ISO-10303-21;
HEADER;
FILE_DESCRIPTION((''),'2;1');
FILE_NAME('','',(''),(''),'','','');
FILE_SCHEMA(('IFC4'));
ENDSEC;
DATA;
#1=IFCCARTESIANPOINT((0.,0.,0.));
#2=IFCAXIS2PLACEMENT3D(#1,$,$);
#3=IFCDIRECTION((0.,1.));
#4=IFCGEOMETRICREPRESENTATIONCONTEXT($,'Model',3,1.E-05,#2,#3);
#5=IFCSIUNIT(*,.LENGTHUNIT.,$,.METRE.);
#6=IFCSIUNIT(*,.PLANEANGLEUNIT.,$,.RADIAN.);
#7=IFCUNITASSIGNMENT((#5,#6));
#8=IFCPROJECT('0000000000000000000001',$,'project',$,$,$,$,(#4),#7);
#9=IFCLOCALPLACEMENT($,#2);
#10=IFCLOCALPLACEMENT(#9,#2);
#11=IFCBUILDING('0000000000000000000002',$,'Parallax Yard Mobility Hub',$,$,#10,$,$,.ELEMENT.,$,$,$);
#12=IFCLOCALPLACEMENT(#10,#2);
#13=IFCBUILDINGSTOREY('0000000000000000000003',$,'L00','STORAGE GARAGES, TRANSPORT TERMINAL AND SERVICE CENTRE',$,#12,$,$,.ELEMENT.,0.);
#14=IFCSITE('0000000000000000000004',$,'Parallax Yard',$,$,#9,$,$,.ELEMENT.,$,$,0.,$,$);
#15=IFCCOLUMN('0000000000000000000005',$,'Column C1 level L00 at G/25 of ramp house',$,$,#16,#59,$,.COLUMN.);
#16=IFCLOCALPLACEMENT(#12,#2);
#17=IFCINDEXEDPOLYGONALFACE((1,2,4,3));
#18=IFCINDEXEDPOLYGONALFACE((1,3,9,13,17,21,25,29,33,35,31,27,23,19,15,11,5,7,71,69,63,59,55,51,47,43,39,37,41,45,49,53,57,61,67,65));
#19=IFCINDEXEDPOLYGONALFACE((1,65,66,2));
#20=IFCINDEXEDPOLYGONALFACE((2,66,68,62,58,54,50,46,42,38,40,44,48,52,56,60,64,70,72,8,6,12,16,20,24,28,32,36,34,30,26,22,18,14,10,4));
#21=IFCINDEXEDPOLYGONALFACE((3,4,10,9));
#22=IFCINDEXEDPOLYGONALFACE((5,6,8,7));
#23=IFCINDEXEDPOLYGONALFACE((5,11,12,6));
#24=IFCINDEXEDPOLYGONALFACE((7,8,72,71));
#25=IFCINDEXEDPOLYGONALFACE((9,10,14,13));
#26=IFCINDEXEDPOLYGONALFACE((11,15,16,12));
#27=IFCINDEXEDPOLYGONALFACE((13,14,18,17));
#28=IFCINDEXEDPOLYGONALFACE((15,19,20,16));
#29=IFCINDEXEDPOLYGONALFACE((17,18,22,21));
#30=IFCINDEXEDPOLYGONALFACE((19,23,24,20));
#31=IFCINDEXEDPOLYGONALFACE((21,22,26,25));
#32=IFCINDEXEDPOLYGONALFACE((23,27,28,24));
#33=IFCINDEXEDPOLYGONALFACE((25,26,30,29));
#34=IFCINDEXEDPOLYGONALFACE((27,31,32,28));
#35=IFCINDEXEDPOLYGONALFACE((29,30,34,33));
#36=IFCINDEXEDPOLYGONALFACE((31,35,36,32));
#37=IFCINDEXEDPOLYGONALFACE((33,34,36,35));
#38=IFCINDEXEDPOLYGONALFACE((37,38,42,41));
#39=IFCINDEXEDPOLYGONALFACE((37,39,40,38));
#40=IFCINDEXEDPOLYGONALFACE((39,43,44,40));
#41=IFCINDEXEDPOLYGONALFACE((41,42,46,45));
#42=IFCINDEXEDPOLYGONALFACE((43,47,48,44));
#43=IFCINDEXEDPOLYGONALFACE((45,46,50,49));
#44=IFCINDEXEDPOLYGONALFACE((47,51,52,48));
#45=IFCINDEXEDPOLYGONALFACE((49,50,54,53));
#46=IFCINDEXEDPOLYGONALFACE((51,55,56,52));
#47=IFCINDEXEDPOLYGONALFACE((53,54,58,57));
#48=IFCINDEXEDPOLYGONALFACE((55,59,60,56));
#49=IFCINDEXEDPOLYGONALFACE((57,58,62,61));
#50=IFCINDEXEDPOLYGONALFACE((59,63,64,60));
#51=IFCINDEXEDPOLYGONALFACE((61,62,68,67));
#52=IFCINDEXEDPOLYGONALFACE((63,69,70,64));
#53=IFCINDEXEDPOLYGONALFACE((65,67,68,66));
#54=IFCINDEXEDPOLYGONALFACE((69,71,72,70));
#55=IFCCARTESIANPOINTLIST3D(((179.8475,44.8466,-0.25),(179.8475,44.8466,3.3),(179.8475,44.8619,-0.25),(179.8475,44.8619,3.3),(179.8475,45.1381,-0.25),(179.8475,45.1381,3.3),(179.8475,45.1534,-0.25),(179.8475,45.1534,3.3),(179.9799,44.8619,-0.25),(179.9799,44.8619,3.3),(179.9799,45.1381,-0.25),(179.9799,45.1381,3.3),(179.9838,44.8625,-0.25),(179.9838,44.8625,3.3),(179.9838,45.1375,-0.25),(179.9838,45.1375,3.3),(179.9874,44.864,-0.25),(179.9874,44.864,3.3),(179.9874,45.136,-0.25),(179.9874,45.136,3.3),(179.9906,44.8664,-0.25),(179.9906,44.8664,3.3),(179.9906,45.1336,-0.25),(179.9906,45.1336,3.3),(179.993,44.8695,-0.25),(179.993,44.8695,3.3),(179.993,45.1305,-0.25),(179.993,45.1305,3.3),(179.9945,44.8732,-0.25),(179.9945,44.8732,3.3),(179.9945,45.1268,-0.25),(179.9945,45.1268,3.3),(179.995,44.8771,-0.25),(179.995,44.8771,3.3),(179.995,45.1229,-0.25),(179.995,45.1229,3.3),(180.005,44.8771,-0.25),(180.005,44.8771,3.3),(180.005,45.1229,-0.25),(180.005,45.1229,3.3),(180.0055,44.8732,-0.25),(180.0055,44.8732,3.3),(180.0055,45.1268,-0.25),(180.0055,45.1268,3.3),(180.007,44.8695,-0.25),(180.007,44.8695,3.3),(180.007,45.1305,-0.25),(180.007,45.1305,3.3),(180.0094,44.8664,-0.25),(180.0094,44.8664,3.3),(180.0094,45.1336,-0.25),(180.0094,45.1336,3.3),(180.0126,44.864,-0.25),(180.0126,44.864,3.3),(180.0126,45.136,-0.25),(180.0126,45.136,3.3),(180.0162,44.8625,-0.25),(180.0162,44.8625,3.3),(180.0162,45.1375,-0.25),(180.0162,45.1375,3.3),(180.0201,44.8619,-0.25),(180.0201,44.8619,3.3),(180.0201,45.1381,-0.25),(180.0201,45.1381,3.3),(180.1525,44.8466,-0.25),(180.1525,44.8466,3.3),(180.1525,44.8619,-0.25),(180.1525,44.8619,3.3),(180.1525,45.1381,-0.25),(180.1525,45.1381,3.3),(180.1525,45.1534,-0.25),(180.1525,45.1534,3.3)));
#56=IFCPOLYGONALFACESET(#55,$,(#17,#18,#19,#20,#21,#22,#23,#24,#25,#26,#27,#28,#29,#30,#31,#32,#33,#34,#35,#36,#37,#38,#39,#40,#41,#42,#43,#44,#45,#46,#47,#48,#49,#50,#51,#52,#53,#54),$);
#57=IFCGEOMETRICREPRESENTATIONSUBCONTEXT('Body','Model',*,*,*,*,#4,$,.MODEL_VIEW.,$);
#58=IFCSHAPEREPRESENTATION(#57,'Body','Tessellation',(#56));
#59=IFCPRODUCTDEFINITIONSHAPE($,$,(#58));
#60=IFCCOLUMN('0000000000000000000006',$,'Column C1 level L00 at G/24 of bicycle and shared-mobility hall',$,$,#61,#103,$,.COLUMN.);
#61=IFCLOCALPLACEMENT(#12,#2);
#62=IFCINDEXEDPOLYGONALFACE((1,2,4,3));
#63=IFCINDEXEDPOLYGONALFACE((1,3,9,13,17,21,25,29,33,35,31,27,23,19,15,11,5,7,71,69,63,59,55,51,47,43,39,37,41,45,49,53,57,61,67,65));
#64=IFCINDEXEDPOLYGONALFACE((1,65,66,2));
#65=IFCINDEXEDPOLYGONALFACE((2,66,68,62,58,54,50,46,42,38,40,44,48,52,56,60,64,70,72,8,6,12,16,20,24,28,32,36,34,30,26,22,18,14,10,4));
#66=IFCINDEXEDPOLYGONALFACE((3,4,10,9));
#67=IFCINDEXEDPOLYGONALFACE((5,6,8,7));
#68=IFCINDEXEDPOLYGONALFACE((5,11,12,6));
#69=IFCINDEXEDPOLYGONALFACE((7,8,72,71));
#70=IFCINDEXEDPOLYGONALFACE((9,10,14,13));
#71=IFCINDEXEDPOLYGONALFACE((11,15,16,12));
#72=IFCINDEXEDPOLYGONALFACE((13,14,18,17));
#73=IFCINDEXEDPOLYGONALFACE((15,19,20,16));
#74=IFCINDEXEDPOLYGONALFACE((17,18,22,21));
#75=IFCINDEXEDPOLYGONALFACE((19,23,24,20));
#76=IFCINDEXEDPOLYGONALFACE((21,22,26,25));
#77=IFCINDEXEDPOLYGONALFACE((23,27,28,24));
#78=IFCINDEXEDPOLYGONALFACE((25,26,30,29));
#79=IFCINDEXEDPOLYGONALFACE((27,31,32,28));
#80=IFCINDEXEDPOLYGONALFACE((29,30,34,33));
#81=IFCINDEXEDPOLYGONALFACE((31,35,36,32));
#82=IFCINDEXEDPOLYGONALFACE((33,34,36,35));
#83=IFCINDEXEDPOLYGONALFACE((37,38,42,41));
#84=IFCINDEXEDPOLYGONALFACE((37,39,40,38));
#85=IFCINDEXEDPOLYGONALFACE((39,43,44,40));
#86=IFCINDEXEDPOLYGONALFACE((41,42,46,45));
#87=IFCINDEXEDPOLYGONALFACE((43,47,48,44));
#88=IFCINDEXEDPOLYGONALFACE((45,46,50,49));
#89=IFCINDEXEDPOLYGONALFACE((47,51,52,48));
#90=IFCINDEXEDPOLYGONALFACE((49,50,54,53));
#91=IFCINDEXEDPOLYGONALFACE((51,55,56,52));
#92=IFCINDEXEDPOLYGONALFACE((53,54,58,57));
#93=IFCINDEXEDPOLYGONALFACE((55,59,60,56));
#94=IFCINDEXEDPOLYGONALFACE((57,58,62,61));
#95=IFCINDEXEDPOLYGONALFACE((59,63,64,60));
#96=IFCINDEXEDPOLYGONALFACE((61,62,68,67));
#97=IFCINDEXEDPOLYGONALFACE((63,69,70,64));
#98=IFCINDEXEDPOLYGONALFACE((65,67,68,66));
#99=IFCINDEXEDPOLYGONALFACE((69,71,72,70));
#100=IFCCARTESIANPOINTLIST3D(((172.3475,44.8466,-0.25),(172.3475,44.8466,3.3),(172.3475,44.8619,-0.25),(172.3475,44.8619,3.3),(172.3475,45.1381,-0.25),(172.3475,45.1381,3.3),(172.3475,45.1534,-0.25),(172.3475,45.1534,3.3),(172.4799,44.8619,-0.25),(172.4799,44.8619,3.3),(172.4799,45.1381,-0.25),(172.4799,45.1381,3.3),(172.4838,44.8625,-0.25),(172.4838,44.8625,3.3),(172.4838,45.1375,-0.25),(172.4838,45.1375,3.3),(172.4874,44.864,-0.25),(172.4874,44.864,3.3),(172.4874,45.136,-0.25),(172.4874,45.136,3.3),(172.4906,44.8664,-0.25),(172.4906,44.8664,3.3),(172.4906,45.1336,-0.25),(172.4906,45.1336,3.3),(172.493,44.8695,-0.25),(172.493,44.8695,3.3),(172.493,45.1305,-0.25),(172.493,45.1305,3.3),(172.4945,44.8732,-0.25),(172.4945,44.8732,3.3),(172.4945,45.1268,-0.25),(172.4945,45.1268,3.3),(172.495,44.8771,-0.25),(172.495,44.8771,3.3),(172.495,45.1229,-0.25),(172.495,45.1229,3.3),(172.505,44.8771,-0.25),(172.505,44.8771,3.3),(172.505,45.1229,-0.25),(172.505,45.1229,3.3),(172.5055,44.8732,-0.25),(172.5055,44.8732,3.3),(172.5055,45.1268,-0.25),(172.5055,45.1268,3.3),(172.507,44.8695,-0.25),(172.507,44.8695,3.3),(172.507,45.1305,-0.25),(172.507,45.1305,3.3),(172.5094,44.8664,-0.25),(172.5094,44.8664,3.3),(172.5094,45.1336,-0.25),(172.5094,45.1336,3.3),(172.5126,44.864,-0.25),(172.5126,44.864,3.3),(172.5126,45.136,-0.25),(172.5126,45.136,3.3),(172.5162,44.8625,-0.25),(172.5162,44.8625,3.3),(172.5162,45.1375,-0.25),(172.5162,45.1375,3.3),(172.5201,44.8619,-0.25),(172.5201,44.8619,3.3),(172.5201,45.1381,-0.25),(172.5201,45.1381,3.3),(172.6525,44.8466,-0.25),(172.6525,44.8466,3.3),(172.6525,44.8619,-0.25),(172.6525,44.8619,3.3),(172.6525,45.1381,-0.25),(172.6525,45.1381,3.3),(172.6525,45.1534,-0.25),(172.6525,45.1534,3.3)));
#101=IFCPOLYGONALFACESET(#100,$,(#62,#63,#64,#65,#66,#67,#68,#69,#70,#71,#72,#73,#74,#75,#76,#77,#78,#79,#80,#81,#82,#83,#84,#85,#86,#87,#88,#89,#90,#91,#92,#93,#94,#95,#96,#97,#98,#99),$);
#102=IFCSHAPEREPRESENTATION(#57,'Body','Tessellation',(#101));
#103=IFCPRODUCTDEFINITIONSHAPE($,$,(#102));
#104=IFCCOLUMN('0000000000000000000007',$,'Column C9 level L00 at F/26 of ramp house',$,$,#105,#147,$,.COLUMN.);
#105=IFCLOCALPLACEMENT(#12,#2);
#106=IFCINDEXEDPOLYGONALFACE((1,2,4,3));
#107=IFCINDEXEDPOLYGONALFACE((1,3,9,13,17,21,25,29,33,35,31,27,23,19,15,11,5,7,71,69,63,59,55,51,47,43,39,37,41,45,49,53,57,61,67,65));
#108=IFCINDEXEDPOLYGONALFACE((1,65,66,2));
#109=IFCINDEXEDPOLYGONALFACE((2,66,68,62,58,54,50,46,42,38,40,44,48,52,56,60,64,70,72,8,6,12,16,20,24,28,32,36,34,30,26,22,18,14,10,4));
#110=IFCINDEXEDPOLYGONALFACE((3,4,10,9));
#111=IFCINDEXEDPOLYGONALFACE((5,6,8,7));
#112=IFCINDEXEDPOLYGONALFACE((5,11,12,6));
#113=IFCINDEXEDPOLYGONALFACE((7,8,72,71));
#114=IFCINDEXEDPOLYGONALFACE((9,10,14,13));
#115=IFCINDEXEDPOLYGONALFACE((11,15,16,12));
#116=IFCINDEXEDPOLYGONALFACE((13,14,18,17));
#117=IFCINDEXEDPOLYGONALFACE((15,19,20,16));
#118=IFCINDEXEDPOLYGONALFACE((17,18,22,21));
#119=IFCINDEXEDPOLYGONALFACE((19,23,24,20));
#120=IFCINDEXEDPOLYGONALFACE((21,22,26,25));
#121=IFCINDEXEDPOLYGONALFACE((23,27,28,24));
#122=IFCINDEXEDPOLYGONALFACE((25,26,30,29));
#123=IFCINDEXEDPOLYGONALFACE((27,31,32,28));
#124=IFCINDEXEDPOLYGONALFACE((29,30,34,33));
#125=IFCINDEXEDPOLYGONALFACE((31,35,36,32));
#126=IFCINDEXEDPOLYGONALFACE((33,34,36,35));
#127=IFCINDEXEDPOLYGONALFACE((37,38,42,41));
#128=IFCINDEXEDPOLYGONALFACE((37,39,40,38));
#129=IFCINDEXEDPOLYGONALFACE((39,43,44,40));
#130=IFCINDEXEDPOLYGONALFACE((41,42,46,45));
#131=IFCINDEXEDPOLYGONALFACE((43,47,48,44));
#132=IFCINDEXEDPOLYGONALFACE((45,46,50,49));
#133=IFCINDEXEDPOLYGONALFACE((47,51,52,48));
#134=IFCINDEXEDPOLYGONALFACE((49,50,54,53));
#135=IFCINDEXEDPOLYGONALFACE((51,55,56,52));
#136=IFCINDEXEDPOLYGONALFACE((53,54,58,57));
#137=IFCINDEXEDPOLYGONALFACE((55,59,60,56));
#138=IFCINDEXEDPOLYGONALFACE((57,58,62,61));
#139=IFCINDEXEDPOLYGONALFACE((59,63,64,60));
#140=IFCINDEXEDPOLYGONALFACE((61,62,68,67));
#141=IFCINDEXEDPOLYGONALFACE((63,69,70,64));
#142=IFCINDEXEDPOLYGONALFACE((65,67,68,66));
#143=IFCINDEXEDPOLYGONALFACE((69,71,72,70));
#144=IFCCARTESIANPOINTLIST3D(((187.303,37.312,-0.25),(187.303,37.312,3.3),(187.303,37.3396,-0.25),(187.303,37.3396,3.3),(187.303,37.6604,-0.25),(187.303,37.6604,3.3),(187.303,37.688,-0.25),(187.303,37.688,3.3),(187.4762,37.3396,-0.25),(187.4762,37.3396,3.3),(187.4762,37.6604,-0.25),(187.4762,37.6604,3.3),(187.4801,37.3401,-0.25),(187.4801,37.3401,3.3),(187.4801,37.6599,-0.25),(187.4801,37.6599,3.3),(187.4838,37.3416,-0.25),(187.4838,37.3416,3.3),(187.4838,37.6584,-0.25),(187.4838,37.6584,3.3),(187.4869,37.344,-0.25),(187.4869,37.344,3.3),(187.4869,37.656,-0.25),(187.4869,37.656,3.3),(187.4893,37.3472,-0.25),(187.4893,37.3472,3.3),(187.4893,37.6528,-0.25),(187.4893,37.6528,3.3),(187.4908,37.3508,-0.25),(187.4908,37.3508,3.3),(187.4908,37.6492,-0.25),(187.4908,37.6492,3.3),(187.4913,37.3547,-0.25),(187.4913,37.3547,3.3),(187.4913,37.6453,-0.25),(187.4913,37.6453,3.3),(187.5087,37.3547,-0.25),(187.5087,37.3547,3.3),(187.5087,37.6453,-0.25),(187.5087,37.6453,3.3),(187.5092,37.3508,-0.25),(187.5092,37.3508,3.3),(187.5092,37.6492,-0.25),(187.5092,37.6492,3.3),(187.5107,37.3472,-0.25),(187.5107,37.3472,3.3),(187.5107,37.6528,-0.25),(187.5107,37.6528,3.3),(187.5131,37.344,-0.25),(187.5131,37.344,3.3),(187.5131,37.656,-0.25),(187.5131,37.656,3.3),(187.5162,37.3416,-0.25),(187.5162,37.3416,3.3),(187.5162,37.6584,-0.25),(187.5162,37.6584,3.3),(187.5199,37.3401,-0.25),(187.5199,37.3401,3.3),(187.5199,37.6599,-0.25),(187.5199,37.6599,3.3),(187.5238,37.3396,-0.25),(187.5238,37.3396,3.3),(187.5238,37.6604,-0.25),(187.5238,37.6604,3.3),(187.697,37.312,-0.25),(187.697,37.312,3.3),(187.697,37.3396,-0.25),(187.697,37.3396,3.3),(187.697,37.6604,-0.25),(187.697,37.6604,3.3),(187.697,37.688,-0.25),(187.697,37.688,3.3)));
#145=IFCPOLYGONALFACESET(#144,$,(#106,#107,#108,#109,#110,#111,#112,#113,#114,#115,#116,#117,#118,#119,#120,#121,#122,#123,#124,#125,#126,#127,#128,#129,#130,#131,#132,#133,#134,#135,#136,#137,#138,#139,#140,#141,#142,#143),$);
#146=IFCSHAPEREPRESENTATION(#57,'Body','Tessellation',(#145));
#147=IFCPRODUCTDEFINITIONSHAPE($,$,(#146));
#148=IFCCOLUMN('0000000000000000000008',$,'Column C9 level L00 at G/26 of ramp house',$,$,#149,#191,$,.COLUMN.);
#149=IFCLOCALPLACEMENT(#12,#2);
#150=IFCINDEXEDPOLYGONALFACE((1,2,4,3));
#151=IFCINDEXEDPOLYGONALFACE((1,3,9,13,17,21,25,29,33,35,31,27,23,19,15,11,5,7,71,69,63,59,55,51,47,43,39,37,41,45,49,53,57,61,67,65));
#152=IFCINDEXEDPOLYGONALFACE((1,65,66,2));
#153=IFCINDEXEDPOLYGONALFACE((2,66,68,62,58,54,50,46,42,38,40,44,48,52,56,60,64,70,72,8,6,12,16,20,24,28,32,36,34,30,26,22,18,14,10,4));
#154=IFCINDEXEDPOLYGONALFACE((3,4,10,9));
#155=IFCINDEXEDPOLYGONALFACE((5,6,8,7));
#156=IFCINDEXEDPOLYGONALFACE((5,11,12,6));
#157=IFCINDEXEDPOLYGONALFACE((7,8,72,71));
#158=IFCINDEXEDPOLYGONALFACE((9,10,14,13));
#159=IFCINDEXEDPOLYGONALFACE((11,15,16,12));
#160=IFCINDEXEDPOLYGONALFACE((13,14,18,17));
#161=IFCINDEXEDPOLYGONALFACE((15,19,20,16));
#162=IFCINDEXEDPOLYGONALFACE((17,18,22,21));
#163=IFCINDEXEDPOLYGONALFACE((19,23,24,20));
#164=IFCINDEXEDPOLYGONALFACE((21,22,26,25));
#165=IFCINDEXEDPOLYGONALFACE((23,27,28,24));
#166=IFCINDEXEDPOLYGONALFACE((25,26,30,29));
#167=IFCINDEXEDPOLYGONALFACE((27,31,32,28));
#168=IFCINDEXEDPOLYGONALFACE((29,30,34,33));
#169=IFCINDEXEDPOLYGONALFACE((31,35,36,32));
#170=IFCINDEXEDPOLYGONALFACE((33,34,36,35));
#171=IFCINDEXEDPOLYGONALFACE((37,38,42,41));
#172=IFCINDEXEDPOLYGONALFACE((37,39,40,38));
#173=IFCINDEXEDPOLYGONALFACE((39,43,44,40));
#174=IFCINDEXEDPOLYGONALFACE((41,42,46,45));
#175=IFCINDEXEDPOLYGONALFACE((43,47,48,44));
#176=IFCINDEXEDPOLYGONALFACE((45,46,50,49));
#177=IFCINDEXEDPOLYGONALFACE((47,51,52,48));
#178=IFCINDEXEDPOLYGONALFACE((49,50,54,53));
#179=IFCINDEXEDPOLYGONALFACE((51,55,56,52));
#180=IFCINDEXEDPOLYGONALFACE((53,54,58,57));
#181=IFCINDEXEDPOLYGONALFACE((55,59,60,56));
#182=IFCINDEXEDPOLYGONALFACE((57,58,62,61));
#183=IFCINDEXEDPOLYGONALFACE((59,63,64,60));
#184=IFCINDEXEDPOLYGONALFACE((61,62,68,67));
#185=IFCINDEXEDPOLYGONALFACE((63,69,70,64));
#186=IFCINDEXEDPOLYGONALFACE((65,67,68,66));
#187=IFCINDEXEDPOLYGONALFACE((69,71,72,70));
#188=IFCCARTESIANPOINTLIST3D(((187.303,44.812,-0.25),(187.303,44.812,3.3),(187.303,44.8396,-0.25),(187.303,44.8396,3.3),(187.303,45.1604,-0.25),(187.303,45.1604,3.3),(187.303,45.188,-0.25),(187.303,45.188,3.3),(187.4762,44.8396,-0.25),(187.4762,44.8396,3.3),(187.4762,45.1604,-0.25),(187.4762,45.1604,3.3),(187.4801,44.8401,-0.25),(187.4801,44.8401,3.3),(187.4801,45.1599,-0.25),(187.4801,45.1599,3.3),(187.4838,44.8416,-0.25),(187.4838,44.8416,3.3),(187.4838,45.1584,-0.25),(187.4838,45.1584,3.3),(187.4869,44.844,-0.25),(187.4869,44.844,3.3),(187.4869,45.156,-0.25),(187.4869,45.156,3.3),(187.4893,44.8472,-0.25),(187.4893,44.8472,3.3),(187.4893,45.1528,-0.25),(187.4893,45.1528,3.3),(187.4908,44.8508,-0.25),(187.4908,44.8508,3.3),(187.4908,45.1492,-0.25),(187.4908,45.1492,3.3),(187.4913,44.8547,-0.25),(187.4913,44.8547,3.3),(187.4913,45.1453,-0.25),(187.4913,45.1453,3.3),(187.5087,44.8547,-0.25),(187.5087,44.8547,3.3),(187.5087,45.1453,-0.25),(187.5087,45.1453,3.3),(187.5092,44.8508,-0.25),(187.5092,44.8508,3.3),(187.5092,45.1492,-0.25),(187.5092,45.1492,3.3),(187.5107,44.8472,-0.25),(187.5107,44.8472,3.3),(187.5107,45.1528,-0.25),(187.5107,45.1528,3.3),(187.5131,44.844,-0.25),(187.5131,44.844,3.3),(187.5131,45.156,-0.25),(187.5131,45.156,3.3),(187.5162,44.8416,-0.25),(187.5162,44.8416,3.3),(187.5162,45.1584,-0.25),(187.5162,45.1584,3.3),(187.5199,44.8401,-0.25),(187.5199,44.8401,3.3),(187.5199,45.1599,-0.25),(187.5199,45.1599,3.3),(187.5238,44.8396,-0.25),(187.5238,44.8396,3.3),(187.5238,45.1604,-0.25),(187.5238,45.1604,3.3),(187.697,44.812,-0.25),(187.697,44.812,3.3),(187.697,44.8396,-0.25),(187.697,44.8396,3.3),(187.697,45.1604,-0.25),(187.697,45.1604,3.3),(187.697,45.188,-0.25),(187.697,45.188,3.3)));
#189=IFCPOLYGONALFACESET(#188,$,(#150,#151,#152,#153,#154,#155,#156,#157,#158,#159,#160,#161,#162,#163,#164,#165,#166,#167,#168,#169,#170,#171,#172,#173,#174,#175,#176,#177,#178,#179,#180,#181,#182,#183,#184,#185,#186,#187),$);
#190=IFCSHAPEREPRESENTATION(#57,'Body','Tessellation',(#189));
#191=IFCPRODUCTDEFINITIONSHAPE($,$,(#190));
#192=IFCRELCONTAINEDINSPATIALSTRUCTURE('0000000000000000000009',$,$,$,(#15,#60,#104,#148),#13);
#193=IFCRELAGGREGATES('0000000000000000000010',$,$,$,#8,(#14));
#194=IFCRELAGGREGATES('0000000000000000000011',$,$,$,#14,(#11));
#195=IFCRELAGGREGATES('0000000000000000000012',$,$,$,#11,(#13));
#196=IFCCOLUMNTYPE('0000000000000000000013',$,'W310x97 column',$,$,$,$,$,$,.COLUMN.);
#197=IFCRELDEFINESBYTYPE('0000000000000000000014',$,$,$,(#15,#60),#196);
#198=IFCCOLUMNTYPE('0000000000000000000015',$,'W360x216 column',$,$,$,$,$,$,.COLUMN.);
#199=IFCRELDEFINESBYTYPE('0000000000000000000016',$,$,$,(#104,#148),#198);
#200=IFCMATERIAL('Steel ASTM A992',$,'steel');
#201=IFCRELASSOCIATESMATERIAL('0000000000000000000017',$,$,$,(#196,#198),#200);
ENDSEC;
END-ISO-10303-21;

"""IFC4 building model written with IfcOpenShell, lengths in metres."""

from ifc_helpers import new_model, si_unit, direction, frame, origin, origin_2d, place, context, subcontext, project, spatial, i_section, extrude, material, material_profile, profile_set, type_object, element, save


model = new_model("IFC4")

# Units and contexts
model_context = context("Model", 3, precision=1e-05, world=origin(), true_north=direction((0.0, 1.0)))
body_context = subcontext(model_context, "Body", "Model", "MODEL_VIEW")
ifc_project = project(units=[si_unit("LENGTHUNIT", "METRE"), si_unit("PLANEANGLEUNIT", "RADIAN")], contexts=[model_context])

# Site, building, storey
site_placement = place(None, origin())
site = spatial("IfcSite", under=ifc_project, at=site_placement, Name="Parallax Yard", CompositionType="ELEMENT", RefElevation=0.0)
building_placement = place(site_placement, origin())
building = spatial("IfcBuilding", under=site, at=building_placement, Name="Parallax Yard Mobility Hub", CompositionType="ELEMENT")
storey_placement = place(building_placement, origin())
storey = spatial("IfcBuildingStorey", under=building, at=storey_placement, Name="L00", Description="STORAGE GARAGES, TRANSPORT TERMINAL AND SERVICE CENTRE", CompositionType="ELEMENT", Elevation=0.0)

# Columns
ifc_material_1 = material(Name="Steel ASTM A992", Category="steel")
ifc_material_profile_1 = material_profile(ifc_material_1, i_section(OverallWidth=0.3049, OverallDepth=0.3069, WebThickness=0.01, FlangeThickness=0.0154, FilletRadius=0.0151, at=origin_2d()), Name="W310x97")
ifc_profile_set_1 = profile_set([ifc_material_profile_1], Name="Steel ASTM A992")
column_type_1 = type_object("IfcColumnType", Name="W310x97 column", PredefinedType="COLUMN", material=ifc_profile_set_1)
for number, where, z_axis, x_axis, name in (
    (1, (180.0, 45.0, -0.25), (0.0, 0.0, 1.0), (1.0, 0.0, 0.0), "Column C1 level L00 at G/25 of ramp house"),
    (2, (172.5, 45.0, -0.25), (0.0, 0.0, 1.0), (1.0, 0.0, 0.0), "Column C1 level L00 at G/24 of bicycle and shared-mobility hall"),
):
    element("IfcColumn", number, at=place(storey_placement, frame(where, z_axis=z_axis, x_axis=x_axis)), inside=storey, type_object=column_type_1, Name=name, PredefinedType="COLUMN", context=body_context, shape_type="SweptSolid", body=[
        extrude(i_section(OverallWidth=0.3049, OverallDepth=0.3069, WebThickness=0.01, FlangeThickness=0.0154, FilletRadius=0.0151, at=origin_2d()), origin(), (0.0, 0.0, 1.0), 3.55),
    ])
ifc_material_profile_2 = material_profile(ifc_material_1, i_section(OverallWidth=0.394, OverallDepth=0.376, WebThickness=0.0173, FlangeThickness=0.0276, FilletRadius=0.0151, at=origin_2d()), Name="W360x216")
ifc_profile_set_2 = profile_set([ifc_material_profile_2], Name="Steel ASTM A992")
column_type_2 = type_object("IfcColumnType", Name="W360x216 column", PredefinedType="COLUMN", material=ifc_profile_set_2)
for number, where, z_axis, x_axis, name in (
    (3, (187.5, 37.5, -0.25), (0.0, 0.0, 1.0), (1.0, 0.0, 0.0), "Column C9 level L00 at F/26 of ramp house"),
    (4, (187.5, 45.0, -0.25), (0.0, 0.0, 1.0), (1.0, 0.0, 0.0), "Column C9 level L00 at G/26 of ramp house"),
):
    element("IfcColumn", number, at=place(storey_placement, frame(where, z_axis=z_axis, x_axis=x_axis)), inside=storey, type_object=column_type_2, Name=name, PredefinedType="COLUMN", context=body_context, shape_type="SweptSolid", body=[
        extrude(i_section(OverallWidth=0.394, OverallDepth=0.376, WebThickness=0.0173, FlangeThickness=0.0276, FilletRadius=0.0151, at=origin_2d()), origin(), (0.0, 0.0, 1.0), 3.55),
    ])

save(model, "model.ifc")
